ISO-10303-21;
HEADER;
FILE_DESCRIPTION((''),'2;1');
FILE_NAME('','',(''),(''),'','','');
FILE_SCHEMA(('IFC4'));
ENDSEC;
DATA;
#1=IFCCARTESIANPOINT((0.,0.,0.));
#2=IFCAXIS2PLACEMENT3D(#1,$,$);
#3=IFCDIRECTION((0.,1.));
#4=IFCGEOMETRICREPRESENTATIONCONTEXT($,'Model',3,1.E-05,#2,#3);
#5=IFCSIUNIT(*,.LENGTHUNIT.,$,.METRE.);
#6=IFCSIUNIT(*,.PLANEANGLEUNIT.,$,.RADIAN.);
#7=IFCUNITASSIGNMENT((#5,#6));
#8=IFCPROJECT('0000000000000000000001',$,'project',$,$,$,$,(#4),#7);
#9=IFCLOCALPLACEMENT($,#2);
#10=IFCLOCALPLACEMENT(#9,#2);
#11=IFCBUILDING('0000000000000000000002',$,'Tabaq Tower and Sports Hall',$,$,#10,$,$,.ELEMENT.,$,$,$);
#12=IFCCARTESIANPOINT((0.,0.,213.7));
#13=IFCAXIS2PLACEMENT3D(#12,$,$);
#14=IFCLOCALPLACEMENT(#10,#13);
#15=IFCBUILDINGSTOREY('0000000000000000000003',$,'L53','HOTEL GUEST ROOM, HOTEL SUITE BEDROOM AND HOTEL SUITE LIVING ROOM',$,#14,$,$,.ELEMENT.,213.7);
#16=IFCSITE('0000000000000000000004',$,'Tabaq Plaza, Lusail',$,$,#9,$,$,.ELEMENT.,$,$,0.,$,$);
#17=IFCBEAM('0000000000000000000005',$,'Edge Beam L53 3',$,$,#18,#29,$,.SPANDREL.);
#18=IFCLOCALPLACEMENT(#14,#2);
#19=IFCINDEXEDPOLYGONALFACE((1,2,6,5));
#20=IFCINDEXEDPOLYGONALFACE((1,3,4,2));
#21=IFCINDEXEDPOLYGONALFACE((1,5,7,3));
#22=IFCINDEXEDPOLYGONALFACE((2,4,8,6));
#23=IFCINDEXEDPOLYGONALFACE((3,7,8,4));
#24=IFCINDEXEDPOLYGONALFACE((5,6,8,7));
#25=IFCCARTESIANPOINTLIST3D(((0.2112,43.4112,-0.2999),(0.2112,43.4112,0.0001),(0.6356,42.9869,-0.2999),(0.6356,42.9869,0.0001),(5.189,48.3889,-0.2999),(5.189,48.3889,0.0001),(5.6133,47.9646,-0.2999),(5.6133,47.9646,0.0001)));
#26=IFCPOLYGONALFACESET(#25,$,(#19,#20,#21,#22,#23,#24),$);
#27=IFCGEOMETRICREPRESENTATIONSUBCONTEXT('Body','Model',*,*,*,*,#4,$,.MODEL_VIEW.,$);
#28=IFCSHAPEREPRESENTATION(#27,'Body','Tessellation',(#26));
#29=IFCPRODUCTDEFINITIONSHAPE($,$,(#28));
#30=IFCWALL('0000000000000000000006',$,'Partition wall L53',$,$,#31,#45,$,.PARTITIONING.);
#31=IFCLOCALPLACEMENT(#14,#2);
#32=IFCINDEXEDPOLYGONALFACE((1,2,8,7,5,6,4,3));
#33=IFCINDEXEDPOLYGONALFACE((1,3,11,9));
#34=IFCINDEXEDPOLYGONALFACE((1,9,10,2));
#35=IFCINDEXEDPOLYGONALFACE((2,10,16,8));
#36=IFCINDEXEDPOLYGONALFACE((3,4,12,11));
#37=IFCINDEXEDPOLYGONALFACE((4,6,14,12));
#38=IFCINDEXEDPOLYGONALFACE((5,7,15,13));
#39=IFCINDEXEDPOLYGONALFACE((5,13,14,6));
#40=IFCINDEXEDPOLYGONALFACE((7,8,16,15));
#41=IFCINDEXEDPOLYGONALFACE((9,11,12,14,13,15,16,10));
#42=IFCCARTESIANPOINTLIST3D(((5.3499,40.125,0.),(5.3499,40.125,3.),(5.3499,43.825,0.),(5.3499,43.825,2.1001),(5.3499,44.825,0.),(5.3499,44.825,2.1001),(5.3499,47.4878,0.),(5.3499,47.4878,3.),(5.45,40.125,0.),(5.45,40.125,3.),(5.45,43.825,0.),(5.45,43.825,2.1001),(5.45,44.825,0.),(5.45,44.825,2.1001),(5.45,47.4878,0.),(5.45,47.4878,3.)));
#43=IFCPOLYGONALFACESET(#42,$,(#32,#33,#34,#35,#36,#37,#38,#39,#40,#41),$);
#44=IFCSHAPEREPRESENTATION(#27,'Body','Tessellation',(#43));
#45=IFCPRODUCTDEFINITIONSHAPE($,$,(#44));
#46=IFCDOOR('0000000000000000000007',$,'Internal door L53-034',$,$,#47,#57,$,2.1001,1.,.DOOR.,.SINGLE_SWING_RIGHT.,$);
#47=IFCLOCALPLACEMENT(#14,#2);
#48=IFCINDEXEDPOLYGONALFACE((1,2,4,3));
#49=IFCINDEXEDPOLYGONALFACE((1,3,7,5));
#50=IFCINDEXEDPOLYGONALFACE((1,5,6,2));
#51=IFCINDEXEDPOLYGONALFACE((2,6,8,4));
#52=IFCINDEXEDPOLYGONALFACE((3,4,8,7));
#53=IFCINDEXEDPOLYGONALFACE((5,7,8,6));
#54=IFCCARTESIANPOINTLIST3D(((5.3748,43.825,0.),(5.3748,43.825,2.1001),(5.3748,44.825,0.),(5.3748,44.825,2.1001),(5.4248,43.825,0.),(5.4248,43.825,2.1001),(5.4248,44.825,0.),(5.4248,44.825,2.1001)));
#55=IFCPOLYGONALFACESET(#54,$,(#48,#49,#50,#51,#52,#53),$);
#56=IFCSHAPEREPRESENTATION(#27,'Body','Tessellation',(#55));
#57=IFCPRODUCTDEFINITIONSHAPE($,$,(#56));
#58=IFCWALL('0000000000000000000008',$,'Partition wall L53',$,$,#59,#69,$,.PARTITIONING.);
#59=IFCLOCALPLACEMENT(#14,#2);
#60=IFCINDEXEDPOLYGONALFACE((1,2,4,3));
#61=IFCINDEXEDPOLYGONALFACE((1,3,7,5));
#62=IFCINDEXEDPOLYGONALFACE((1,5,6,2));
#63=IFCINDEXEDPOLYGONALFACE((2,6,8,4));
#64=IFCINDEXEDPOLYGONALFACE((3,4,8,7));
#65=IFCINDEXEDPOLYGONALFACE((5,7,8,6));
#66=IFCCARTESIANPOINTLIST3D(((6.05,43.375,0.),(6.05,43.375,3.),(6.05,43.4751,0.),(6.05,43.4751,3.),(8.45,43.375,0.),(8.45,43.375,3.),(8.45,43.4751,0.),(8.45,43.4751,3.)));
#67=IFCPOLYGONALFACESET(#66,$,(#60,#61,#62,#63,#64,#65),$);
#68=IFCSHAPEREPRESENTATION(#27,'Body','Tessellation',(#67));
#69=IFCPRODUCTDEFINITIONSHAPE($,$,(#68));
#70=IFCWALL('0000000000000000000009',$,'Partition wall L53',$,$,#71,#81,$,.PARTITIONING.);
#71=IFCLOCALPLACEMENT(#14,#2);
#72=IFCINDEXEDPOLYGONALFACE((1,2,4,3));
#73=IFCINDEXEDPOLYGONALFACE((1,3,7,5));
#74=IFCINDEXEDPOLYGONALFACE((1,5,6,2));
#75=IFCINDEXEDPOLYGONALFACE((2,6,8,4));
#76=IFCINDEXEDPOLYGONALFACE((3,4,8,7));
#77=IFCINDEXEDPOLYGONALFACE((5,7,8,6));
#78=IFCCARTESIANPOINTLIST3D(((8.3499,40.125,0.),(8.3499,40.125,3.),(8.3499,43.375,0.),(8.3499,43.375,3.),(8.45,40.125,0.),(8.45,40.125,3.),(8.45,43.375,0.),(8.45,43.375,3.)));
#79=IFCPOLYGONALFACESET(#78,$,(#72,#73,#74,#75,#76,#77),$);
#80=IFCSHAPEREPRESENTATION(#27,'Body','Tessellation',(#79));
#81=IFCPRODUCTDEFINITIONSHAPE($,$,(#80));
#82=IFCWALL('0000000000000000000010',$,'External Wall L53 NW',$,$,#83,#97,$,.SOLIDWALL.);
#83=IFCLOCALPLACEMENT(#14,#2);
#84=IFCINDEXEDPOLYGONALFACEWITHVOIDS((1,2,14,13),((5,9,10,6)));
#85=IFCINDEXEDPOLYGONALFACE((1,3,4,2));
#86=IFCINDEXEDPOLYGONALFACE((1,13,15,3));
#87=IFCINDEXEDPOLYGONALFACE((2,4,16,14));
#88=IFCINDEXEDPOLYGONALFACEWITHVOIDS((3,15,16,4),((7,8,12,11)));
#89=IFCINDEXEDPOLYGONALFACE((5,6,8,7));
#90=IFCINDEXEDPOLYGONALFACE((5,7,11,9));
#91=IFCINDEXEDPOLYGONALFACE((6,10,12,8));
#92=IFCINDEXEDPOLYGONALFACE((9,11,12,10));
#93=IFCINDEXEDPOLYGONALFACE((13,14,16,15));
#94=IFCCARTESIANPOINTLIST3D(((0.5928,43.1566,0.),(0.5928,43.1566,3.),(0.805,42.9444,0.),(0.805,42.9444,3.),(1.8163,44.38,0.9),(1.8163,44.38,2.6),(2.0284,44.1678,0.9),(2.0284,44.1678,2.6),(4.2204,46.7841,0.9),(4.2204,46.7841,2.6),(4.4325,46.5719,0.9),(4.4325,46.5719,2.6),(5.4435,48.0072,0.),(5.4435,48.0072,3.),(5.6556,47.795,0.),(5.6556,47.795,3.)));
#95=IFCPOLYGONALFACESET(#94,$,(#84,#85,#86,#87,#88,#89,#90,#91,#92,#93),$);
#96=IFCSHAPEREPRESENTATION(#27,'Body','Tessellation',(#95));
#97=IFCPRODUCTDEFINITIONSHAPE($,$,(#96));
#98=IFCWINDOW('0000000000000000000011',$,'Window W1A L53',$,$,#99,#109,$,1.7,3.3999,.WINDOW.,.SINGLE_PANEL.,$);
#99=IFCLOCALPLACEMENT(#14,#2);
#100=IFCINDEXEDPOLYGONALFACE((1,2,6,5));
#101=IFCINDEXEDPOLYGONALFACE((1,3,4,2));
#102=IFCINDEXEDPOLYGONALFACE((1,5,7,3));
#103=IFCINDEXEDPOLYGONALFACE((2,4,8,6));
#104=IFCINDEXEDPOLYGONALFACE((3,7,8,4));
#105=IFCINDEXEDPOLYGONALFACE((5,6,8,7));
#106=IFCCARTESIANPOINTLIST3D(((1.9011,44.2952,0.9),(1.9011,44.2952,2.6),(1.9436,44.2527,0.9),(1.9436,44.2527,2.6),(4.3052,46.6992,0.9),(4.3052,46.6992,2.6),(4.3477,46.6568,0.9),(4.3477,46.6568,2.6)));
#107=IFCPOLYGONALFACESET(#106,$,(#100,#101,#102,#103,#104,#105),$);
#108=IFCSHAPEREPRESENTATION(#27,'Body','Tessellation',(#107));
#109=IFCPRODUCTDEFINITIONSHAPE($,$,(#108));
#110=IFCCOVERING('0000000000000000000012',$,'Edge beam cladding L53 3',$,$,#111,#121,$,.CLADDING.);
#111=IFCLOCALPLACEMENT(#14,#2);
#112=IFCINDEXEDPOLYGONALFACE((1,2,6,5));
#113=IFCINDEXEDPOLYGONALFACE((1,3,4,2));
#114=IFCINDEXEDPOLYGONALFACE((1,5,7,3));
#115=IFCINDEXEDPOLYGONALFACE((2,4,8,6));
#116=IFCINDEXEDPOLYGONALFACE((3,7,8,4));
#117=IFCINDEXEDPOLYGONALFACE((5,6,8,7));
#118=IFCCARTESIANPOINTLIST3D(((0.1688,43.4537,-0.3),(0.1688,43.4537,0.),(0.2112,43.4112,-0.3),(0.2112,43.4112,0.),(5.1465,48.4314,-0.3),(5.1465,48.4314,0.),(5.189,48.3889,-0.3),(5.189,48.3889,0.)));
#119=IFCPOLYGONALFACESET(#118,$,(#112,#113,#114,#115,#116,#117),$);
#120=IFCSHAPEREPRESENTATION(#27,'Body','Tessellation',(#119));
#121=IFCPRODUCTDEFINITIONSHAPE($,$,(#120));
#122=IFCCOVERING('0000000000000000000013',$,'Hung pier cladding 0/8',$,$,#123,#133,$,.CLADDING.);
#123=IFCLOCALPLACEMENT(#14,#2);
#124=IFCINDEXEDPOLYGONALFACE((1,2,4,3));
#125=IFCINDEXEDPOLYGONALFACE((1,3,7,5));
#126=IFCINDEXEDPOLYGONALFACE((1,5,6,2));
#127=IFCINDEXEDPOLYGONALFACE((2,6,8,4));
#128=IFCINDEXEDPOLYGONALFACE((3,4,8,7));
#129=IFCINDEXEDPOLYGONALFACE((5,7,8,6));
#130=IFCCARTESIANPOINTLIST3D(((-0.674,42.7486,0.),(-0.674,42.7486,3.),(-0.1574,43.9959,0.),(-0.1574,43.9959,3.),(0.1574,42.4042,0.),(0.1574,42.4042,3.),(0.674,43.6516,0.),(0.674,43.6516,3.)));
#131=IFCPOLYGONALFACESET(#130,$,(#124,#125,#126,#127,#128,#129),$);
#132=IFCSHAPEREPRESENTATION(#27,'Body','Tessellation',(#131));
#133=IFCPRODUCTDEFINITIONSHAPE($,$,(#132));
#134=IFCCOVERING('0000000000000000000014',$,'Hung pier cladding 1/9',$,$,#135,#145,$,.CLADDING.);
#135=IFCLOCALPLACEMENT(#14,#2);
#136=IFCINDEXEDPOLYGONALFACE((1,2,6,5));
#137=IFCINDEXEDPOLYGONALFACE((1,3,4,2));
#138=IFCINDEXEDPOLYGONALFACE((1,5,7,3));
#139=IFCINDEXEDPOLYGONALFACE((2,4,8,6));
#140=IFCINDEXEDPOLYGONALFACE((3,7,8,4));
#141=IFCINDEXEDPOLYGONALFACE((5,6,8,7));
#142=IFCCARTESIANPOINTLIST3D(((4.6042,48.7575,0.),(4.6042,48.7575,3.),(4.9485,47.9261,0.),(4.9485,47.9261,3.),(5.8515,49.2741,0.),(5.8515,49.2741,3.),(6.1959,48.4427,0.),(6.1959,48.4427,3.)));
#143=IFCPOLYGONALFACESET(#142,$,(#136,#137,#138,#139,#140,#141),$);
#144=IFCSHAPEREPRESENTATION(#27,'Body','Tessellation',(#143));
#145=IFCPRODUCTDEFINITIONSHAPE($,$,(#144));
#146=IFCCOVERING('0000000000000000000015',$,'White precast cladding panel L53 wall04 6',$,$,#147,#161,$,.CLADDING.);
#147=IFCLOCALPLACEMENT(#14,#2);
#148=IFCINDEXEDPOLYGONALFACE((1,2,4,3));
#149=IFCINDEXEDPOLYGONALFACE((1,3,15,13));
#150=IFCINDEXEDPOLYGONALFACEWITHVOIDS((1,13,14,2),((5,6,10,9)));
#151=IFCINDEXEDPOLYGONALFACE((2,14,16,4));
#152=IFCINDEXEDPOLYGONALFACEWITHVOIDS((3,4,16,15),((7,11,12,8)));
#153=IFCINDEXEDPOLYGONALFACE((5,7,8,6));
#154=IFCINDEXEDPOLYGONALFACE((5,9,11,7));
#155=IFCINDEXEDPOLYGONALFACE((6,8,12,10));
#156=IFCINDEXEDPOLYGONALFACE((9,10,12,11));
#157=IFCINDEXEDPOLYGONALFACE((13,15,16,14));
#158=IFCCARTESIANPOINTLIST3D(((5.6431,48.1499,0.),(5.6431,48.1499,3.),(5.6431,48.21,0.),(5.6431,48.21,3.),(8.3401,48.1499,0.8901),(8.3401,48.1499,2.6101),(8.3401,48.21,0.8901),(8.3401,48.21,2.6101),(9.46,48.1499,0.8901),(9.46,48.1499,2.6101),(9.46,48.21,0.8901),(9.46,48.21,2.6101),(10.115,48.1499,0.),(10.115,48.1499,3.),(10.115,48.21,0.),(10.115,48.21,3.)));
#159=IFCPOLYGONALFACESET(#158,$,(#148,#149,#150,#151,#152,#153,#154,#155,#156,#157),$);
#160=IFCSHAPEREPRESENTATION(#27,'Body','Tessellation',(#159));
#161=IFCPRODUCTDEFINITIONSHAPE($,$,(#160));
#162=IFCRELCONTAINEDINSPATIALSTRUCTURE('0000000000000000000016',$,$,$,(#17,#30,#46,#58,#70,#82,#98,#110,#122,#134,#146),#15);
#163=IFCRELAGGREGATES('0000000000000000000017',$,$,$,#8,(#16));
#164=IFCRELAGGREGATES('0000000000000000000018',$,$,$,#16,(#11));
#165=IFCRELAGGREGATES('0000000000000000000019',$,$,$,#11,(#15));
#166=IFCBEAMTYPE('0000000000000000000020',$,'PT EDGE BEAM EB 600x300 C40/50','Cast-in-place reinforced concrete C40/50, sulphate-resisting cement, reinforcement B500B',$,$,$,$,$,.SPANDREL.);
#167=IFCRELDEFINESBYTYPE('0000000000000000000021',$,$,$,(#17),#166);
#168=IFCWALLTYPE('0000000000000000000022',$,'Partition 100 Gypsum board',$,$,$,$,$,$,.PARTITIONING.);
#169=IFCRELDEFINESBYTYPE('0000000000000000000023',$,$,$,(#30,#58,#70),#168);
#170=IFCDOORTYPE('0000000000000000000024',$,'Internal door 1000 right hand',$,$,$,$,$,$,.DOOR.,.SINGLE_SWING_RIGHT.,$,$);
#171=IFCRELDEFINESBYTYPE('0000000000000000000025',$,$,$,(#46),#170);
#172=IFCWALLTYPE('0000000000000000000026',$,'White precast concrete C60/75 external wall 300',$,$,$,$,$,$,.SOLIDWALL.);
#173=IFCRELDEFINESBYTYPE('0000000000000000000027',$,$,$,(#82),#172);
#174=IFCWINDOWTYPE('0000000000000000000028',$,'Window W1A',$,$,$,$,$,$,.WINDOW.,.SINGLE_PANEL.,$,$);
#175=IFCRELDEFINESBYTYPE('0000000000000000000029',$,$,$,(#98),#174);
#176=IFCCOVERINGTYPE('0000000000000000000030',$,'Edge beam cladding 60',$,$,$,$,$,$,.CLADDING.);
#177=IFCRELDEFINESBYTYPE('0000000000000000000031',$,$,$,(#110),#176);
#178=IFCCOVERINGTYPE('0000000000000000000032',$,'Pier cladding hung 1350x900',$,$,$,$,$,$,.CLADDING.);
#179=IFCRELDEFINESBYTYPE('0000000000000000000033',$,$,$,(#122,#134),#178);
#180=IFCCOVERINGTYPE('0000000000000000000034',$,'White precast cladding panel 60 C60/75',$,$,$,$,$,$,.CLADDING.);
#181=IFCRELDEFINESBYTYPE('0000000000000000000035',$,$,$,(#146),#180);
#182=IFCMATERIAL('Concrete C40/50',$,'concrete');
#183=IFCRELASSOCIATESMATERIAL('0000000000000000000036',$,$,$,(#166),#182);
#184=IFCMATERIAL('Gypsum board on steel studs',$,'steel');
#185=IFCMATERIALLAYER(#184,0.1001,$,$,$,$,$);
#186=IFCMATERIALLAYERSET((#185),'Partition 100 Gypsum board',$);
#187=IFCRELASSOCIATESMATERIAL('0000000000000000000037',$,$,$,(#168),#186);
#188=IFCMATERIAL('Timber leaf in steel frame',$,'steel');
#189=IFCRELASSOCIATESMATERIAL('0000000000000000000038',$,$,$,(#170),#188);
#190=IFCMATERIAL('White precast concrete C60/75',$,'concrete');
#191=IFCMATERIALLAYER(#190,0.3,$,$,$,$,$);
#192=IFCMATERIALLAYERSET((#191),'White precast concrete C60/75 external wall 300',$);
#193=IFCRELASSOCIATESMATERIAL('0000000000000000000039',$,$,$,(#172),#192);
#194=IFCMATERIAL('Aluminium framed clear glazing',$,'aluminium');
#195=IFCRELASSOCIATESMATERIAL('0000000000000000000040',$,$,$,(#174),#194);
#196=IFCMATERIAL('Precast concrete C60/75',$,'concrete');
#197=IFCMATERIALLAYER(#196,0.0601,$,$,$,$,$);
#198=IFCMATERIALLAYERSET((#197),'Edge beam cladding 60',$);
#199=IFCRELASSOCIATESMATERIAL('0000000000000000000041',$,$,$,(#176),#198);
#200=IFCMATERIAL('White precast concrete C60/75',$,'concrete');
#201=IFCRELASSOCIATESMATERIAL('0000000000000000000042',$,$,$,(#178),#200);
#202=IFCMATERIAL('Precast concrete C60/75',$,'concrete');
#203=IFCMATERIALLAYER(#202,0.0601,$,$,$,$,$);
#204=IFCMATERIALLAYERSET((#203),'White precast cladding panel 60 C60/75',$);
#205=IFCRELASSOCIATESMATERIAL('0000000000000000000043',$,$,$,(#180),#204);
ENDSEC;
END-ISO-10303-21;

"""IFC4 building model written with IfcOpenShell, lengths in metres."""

from ifc_helpers import new_model, si_unit, direction, frame, frame_2d, origin, origin_2d, place, context, subcontext, project, spatial, polyline, rectangle, outline, extrude, material, layer, layer_set, material_profile, profile_set, type_object, element, fill, save


model = new_model("IFC4")

# Units and contexts
model_context = context("Model", 3, precision=1e-05, world=origin(), true_north=direction((0.0, 1.0)))
body_context = subcontext(model_context, "Body", "Model", "MODEL_VIEW")
ifc_project = project(units=[si_unit("LENGTHUNIT", "METRE"), si_unit("PLANEANGLEUNIT", "RADIAN")], contexts=[model_context])

# Site, building, storey
site_placement = place(None, origin())
site = spatial("IfcSite", under=ifc_project, at=site_placement, Name="Tabaq Plaza, Lusail", CompositionType="ELEMENT", RefElevation=0.0)
building_placement = place(site_placement, origin())
building = spatial("IfcBuilding", under=site, at=building_placement, Name="Tabaq Tower and Sports Hall", CompositionType="ELEMENT")
storey_placement = place(building_placement, frame((0.0, 0.0, 213.7)))
storey = spatial("IfcBuildingStorey", under=building, at=storey_placement, Name="L53", Description="HOTEL GUEST ROOM, HOTEL SUITE BEDROOM AND HOTEL SUITE LIVING ROOM", CompositionType="ELEMENT", Elevation=213.7)

# Beam
ifc_material_1 = material(Name="Concrete C40/50", Category="concrete")
ifc_material_profile = material_profile(ifc_material_1, rectangle(XDim=0.6001, YDim=0.3, at=origin_2d()), Name="EB 600x300")
ifc_profile_set = profile_set([ifc_material_profile], Name="Concrete C40/50")
beam_type = type_object("IfcBeamType", Name="PT EDGE BEAM EB 600x300 C40/50", Description="Cast-in-place reinforced concrete C40/50, sulphate-resisting cement, reinforcement B500B", PredefinedType="SPANDREL", material=ifc_profile_set)
beam_placement = place(storey_placement, frame((5.4011, 48.1768, -0.1499), z_axis=(-0.707107, -0.707107, 0.0), x_axis=(0.707107, -0.707107, 0.0)))
element("IfcBeam", 1, at=beam_placement, inside=storey, type_object=beam_type, Name="Edge Beam L53 3", PredefinedType="SPANDREL", context=body_context, shape_type="SweptSolid", body=[
    extrude(rectangle(XDim=0.6001, YDim=0.3, at=origin_2d()), origin(), (0.0, 0.0, 1.0), 7.0396),
])

# Wall, opening, door
ifc_material_2 = material(Name="Gypsum board on steel studs", Category="steel")
ifc_layer_1 = layer(ifc_material_2, 0.1001)
ifc_layer_set_1 = layer_set([ifc_layer_1], Name="Partition 100 Gypsum board")
wall_type_1 = type_object("IfcWallType", Name="Partition 100 Gypsum board", PredefinedType="PARTITIONING", material=ifc_layer_set_1)
wall_1_placement = place(storey_placement, frame((5.3999, 47.4878, 0.0), z_axis=(0.0, 0.0, 1.0), x_axis=(0.0, -1.0, 0.0)))
wall_1 = element("IfcWall", 2, at=wall_1_placement, inside=storey, type_object=wall_type_1, Name="Partition wall L53", PredefinedType="PARTITIONING", context=body_context, shape_type="SweptSolid", body=[
    extrude(rectangle(XDim=7.3628, YDim=0.1001, at=frame_2d((3.6814, 0.0))), origin(), (0.0, 0.0, 1.0), 3.0),
])
opening_1_placement = place(wall_1_placement, frame((2.6628, 0.0, 0.0)))
opening_1 = element("IfcOpeningElement", 3, at=opening_1_placement, cuts=wall_1, PredefinedType="OPENING", context=body_context, shape_type="SweptSolid", body=[
    extrude(rectangle(XDim=1.0, YDim=2.1001, at=frame_2d((0.5, 1.05))), frame((0.0, 0.05, 0.0), z_axis=(0.0, -1.0, 0.0), x_axis=(1.0, 0.0, 0.0)), (0.0, 0.0, 1.0), 0.1001),
])
ifc_material_3 = material(Name="Timber leaf in steel frame", Category="steel")
door_type = type_object("IfcDoorType", Name="Internal door 1000 right hand", OperationType="SINGLE_SWING_RIGHT", PredefinedType="DOOR", material=ifc_material_3)
door_placement = place(opening_1_placement, origin())
door = element("IfcDoor", 4, at=door_placement, inside=storey, type_object=door_type, Name="Internal door L53-034", OperationType="SINGLE_SWING_RIGHT", OverallHeight=2.1001, OverallWidth=1.0, PredefinedType="DOOR", context=body_context, shape_type="SweptSolid", body=[
    extrude(rectangle(XDim=1.0, YDim=2.1001, at=frame_2d((0.5, 1.05))), frame((0.0, 0.0249, 0.0), z_axis=(0.0, -1.0, 0.0), x_axis=(1.0, 0.0, 0.0)), (0.0, 0.0, 1.0), 0.05),
])
fill(opening_1, door)

# Walls
wall_2_placement = place(storey_placement, frame((6.05, 43.425, 0.0), z_axis=(0.0, 0.0, 1.0), x_axis=(1.0, 0.0, 0.0)))
element("IfcWall", 5, at=wall_2_placement, inside=storey, type_object=wall_type_1, Name="Partition wall L53", PredefinedType="PARTITIONING", context=body_context, shape_type="SweptSolid", body=[
    extrude(rectangle(XDim=2.3999, YDim=0.1001, at=frame_2d((1.2, 0.0))), origin(), (0.0, 0.0, 1.0), 3.0),
])
wall_3_placement = place(storey_placement, frame((8.3999, 43.375, 0.0), z_axis=(0.0, 0.0, 1.0), x_axis=(0.0, -1.0, 0.0)))
element("IfcWall", 6, at=wall_3_placement, inside=storey, type_object=wall_type_1, Name="Partition wall L53", PredefinedType="PARTITIONING", context=body_context, shape_type="SweptSolid", body=[
    extrude(rectangle(XDim=3.25, YDim=0.1001, at=frame_2d((1.625, 0.0))), origin(), (0.0, 0.0, 1.0), 3.0),
])

# Wall, opening, window
ifc_material_4 = material(Name="White precast concrete C60/75", Category="concrete")
ifc_layer_2 = layer(ifc_material_4, 0.3)
ifc_layer_set_2 = layer_set([ifc_layer_2], Name="White precast concrete C60/75 external wall 300")
wall_type_2 = type_object("IfcWallType", Name="White precast concrete C60/75 external wall 300", PredefinedType="SOLIDWALL", material=ifc_layer_set_2)
wall_4_placement = place(storey_placement, frame((5.5496, 47.9011, 0.0), z_axis=(0.0, 0.0, 1.0), x_axis=(-0.707107, -0.707107, 0.0)))
wall_4 = element("IfcWall", 7, at=wall_4_placement, inside=storey, type_object=wall_type_2, Name="External Wall L53 NW", PredefinedType="SOLIDWALL", context=body_context, shape_type="SweptSolid", body=[
    extrude(rectangle(XDim=6.8599, YDim=0.3, at=frame_2d((3.4299, 0.0))), origin(), (0.0, 0.0, 1.0), 3.0),
])
opening_2_placement = place(wall_4_placement, frame((1.7297, 0.0, 0.8999)))
opening_2 = element("IfcOpeningElement", 8, at=opening_2_placement, cuts=wall_4, PredefinedType="OPENING", context=body_context, shape_type="SweptSolid", body=[
    extrude(rectangle(XDim=3.3999, YDim=1.7, at=frame_2d((1.7, 0.8501))), frame((0.0, 0.1602, 0.0), z_axis=(0.0, -1.0, 0.0), x_axis=(1.0, 0.0, 0.0)), (0.0, 0.0, 1.0), 0.3201),
])
ifc_material_5 = material(Name="Aluminium framed clear glazing", Category="aluminium")
window_type = type_object("IfcWindowType", Name="Window W1A", PartitioningType="SINGLE_PANEL", PredefinedType="WINDOW", material=ifc_material_5)
window_placement = place(opening_2_placement, origin())
window = element("IfcWindow", 9, at=window_placement, inside=storey, type_object=window_type, Name="Window W1A L53", OverallHeight=1.7, OverallWidth=3.3999, PartitioningType="SINGLE_PANEL", PredefinedType="WINDOW", context=body_context, shape_type="SweptSolid", body=[
    extrude(rectangle(XDim=3.3999, YDim=1.7, at=frame_2d((1.7, 0.8501))), frame((0.0, 0.03, 0.0), z_axis=(0.0, -1.0, 0.0), x_axis=(1.0, 0.0, 0.0)), (0.0, 0.0, 1.0), 0.0601),
])
fill(opening_2, window)

# Coverings
ifc_material_6 = material(Name="Precast concrete C60/75", Category="concrete")
ifc_layer_3 = layer(ifc_material_6, 0.0601)
ifc_layer_set_3 = layer_set([ifc_layer_3], Name="Edge beam cladding 60")
covering_type_1 = type_object("IfcCoveringType", Name="Edge beam cladding 60", PredefinedType="CLADDING", material=ifc_layer_set_3)
covering_1_placement = place(storey_placement, frame((5.1677, 48.4102, -0.3), z_axis=(0.0, 0.0, 1.0), x_axis=(-0.707107, -0.707107, 0.0)))
element("IfcCovering", 10, at=covering_1_placement, inside=storey, type_object=covering_type_1, Name="Edge beam cladding L53 3", PredefinedType="CLADDING", context=body_context, shape_type="SweptSolid", body=[
    extrude(rectangle(XDim=7.0396, YDim=0.0601, at=frame_2d((3.5198, 0.0))), origin(), (0.0, 0.0, 1.0), 0.3),
])
ifc_material_7 = material(Name="White precast concrete C60/75", Category="concrete")
covering_type_2 = type_object("IfcCoveringType", Name="Pier cladding hung 1350x900", PredefinedType="CLADDING", material=ifc_material_7)
for number, where, z_axis, x_axis, name in (
    (11, (0.2583, 43.8237, 0.0), (0.0, 0.0, 1.0), (-0.38265, -0.923893, 0.0), "Hung pier cladding 0/8"),
    (12, (6.0237, 48.8584, 0.0), (0.0, 0.0, 1.0), (-0.923893, -0.38265, 0.0), "Hung pier cladding 1/9"),
):
    element("IfcCovering", number, at=place(storey_placement, frame(where, z_axis=z_axis, x_axis=x_axis)), inside=storey, type_object=covering_type_2, Name=name, PredefinedType="CLADDING", context=body_context, shape_type="SweptSolid", body=[
        extrude(rectangle(XDim=1.3501, YDim=0.8999, at=frame_2d((0.675, 0.0))), origin(), (0.0, 0.0, 1.0), 3.0),
    ])
ifc_material_8 = material(Name="Precast concrete C60/75", Category="concrete")
ifc_layer_4 = layer(ifc_material_8, 0.0601)
ifc_layer_set_4 = layer_set([ifc_layer_4], Name="White precast cladding panel 60 C60/75")
covering_type_3 = type_object("IfcCoveringType", Name="White precast cladding panel 60 C60/75", PredefinedType="CLADDING", material=ifc_layer_set_4)
covering_2_placement = place(storey_placement, frame((10.115, 48.1799, 0.0), z_axis=(0.0, 0.0, 1.0), x_axis=(-1.0, 0.0, 0.0)))
element("IfcCovering", 13, at=covering_2_placement, inside=storey, type_object=covering_type_3, Name="White precast cladding panel L53 wall04 6", PredefinedType="CLADDING", context=body_context, shape_type="SweptSolid", body=[
    extrude(outline(polyline([(0.0, 0.0), (4.4719, 0.0), (4.4719, 3.0), (0.0, 3.0), (0.0, 0.0)]), holes=[polyline([(0.655, 0.8901), (0.655, 2.6101), (1.7749, 2.6101), (1.7749, 0.8901), (0.655, 0.8901)])]), frame((0.0, 0.03, 0.0), z_axis=(0.0, -1.0, 0.0), x_axis=(1.0, 0.0, 0.0)), (0.0, 0.0, 1.0), 0.0601),
])

save(model, "model.ifc")
